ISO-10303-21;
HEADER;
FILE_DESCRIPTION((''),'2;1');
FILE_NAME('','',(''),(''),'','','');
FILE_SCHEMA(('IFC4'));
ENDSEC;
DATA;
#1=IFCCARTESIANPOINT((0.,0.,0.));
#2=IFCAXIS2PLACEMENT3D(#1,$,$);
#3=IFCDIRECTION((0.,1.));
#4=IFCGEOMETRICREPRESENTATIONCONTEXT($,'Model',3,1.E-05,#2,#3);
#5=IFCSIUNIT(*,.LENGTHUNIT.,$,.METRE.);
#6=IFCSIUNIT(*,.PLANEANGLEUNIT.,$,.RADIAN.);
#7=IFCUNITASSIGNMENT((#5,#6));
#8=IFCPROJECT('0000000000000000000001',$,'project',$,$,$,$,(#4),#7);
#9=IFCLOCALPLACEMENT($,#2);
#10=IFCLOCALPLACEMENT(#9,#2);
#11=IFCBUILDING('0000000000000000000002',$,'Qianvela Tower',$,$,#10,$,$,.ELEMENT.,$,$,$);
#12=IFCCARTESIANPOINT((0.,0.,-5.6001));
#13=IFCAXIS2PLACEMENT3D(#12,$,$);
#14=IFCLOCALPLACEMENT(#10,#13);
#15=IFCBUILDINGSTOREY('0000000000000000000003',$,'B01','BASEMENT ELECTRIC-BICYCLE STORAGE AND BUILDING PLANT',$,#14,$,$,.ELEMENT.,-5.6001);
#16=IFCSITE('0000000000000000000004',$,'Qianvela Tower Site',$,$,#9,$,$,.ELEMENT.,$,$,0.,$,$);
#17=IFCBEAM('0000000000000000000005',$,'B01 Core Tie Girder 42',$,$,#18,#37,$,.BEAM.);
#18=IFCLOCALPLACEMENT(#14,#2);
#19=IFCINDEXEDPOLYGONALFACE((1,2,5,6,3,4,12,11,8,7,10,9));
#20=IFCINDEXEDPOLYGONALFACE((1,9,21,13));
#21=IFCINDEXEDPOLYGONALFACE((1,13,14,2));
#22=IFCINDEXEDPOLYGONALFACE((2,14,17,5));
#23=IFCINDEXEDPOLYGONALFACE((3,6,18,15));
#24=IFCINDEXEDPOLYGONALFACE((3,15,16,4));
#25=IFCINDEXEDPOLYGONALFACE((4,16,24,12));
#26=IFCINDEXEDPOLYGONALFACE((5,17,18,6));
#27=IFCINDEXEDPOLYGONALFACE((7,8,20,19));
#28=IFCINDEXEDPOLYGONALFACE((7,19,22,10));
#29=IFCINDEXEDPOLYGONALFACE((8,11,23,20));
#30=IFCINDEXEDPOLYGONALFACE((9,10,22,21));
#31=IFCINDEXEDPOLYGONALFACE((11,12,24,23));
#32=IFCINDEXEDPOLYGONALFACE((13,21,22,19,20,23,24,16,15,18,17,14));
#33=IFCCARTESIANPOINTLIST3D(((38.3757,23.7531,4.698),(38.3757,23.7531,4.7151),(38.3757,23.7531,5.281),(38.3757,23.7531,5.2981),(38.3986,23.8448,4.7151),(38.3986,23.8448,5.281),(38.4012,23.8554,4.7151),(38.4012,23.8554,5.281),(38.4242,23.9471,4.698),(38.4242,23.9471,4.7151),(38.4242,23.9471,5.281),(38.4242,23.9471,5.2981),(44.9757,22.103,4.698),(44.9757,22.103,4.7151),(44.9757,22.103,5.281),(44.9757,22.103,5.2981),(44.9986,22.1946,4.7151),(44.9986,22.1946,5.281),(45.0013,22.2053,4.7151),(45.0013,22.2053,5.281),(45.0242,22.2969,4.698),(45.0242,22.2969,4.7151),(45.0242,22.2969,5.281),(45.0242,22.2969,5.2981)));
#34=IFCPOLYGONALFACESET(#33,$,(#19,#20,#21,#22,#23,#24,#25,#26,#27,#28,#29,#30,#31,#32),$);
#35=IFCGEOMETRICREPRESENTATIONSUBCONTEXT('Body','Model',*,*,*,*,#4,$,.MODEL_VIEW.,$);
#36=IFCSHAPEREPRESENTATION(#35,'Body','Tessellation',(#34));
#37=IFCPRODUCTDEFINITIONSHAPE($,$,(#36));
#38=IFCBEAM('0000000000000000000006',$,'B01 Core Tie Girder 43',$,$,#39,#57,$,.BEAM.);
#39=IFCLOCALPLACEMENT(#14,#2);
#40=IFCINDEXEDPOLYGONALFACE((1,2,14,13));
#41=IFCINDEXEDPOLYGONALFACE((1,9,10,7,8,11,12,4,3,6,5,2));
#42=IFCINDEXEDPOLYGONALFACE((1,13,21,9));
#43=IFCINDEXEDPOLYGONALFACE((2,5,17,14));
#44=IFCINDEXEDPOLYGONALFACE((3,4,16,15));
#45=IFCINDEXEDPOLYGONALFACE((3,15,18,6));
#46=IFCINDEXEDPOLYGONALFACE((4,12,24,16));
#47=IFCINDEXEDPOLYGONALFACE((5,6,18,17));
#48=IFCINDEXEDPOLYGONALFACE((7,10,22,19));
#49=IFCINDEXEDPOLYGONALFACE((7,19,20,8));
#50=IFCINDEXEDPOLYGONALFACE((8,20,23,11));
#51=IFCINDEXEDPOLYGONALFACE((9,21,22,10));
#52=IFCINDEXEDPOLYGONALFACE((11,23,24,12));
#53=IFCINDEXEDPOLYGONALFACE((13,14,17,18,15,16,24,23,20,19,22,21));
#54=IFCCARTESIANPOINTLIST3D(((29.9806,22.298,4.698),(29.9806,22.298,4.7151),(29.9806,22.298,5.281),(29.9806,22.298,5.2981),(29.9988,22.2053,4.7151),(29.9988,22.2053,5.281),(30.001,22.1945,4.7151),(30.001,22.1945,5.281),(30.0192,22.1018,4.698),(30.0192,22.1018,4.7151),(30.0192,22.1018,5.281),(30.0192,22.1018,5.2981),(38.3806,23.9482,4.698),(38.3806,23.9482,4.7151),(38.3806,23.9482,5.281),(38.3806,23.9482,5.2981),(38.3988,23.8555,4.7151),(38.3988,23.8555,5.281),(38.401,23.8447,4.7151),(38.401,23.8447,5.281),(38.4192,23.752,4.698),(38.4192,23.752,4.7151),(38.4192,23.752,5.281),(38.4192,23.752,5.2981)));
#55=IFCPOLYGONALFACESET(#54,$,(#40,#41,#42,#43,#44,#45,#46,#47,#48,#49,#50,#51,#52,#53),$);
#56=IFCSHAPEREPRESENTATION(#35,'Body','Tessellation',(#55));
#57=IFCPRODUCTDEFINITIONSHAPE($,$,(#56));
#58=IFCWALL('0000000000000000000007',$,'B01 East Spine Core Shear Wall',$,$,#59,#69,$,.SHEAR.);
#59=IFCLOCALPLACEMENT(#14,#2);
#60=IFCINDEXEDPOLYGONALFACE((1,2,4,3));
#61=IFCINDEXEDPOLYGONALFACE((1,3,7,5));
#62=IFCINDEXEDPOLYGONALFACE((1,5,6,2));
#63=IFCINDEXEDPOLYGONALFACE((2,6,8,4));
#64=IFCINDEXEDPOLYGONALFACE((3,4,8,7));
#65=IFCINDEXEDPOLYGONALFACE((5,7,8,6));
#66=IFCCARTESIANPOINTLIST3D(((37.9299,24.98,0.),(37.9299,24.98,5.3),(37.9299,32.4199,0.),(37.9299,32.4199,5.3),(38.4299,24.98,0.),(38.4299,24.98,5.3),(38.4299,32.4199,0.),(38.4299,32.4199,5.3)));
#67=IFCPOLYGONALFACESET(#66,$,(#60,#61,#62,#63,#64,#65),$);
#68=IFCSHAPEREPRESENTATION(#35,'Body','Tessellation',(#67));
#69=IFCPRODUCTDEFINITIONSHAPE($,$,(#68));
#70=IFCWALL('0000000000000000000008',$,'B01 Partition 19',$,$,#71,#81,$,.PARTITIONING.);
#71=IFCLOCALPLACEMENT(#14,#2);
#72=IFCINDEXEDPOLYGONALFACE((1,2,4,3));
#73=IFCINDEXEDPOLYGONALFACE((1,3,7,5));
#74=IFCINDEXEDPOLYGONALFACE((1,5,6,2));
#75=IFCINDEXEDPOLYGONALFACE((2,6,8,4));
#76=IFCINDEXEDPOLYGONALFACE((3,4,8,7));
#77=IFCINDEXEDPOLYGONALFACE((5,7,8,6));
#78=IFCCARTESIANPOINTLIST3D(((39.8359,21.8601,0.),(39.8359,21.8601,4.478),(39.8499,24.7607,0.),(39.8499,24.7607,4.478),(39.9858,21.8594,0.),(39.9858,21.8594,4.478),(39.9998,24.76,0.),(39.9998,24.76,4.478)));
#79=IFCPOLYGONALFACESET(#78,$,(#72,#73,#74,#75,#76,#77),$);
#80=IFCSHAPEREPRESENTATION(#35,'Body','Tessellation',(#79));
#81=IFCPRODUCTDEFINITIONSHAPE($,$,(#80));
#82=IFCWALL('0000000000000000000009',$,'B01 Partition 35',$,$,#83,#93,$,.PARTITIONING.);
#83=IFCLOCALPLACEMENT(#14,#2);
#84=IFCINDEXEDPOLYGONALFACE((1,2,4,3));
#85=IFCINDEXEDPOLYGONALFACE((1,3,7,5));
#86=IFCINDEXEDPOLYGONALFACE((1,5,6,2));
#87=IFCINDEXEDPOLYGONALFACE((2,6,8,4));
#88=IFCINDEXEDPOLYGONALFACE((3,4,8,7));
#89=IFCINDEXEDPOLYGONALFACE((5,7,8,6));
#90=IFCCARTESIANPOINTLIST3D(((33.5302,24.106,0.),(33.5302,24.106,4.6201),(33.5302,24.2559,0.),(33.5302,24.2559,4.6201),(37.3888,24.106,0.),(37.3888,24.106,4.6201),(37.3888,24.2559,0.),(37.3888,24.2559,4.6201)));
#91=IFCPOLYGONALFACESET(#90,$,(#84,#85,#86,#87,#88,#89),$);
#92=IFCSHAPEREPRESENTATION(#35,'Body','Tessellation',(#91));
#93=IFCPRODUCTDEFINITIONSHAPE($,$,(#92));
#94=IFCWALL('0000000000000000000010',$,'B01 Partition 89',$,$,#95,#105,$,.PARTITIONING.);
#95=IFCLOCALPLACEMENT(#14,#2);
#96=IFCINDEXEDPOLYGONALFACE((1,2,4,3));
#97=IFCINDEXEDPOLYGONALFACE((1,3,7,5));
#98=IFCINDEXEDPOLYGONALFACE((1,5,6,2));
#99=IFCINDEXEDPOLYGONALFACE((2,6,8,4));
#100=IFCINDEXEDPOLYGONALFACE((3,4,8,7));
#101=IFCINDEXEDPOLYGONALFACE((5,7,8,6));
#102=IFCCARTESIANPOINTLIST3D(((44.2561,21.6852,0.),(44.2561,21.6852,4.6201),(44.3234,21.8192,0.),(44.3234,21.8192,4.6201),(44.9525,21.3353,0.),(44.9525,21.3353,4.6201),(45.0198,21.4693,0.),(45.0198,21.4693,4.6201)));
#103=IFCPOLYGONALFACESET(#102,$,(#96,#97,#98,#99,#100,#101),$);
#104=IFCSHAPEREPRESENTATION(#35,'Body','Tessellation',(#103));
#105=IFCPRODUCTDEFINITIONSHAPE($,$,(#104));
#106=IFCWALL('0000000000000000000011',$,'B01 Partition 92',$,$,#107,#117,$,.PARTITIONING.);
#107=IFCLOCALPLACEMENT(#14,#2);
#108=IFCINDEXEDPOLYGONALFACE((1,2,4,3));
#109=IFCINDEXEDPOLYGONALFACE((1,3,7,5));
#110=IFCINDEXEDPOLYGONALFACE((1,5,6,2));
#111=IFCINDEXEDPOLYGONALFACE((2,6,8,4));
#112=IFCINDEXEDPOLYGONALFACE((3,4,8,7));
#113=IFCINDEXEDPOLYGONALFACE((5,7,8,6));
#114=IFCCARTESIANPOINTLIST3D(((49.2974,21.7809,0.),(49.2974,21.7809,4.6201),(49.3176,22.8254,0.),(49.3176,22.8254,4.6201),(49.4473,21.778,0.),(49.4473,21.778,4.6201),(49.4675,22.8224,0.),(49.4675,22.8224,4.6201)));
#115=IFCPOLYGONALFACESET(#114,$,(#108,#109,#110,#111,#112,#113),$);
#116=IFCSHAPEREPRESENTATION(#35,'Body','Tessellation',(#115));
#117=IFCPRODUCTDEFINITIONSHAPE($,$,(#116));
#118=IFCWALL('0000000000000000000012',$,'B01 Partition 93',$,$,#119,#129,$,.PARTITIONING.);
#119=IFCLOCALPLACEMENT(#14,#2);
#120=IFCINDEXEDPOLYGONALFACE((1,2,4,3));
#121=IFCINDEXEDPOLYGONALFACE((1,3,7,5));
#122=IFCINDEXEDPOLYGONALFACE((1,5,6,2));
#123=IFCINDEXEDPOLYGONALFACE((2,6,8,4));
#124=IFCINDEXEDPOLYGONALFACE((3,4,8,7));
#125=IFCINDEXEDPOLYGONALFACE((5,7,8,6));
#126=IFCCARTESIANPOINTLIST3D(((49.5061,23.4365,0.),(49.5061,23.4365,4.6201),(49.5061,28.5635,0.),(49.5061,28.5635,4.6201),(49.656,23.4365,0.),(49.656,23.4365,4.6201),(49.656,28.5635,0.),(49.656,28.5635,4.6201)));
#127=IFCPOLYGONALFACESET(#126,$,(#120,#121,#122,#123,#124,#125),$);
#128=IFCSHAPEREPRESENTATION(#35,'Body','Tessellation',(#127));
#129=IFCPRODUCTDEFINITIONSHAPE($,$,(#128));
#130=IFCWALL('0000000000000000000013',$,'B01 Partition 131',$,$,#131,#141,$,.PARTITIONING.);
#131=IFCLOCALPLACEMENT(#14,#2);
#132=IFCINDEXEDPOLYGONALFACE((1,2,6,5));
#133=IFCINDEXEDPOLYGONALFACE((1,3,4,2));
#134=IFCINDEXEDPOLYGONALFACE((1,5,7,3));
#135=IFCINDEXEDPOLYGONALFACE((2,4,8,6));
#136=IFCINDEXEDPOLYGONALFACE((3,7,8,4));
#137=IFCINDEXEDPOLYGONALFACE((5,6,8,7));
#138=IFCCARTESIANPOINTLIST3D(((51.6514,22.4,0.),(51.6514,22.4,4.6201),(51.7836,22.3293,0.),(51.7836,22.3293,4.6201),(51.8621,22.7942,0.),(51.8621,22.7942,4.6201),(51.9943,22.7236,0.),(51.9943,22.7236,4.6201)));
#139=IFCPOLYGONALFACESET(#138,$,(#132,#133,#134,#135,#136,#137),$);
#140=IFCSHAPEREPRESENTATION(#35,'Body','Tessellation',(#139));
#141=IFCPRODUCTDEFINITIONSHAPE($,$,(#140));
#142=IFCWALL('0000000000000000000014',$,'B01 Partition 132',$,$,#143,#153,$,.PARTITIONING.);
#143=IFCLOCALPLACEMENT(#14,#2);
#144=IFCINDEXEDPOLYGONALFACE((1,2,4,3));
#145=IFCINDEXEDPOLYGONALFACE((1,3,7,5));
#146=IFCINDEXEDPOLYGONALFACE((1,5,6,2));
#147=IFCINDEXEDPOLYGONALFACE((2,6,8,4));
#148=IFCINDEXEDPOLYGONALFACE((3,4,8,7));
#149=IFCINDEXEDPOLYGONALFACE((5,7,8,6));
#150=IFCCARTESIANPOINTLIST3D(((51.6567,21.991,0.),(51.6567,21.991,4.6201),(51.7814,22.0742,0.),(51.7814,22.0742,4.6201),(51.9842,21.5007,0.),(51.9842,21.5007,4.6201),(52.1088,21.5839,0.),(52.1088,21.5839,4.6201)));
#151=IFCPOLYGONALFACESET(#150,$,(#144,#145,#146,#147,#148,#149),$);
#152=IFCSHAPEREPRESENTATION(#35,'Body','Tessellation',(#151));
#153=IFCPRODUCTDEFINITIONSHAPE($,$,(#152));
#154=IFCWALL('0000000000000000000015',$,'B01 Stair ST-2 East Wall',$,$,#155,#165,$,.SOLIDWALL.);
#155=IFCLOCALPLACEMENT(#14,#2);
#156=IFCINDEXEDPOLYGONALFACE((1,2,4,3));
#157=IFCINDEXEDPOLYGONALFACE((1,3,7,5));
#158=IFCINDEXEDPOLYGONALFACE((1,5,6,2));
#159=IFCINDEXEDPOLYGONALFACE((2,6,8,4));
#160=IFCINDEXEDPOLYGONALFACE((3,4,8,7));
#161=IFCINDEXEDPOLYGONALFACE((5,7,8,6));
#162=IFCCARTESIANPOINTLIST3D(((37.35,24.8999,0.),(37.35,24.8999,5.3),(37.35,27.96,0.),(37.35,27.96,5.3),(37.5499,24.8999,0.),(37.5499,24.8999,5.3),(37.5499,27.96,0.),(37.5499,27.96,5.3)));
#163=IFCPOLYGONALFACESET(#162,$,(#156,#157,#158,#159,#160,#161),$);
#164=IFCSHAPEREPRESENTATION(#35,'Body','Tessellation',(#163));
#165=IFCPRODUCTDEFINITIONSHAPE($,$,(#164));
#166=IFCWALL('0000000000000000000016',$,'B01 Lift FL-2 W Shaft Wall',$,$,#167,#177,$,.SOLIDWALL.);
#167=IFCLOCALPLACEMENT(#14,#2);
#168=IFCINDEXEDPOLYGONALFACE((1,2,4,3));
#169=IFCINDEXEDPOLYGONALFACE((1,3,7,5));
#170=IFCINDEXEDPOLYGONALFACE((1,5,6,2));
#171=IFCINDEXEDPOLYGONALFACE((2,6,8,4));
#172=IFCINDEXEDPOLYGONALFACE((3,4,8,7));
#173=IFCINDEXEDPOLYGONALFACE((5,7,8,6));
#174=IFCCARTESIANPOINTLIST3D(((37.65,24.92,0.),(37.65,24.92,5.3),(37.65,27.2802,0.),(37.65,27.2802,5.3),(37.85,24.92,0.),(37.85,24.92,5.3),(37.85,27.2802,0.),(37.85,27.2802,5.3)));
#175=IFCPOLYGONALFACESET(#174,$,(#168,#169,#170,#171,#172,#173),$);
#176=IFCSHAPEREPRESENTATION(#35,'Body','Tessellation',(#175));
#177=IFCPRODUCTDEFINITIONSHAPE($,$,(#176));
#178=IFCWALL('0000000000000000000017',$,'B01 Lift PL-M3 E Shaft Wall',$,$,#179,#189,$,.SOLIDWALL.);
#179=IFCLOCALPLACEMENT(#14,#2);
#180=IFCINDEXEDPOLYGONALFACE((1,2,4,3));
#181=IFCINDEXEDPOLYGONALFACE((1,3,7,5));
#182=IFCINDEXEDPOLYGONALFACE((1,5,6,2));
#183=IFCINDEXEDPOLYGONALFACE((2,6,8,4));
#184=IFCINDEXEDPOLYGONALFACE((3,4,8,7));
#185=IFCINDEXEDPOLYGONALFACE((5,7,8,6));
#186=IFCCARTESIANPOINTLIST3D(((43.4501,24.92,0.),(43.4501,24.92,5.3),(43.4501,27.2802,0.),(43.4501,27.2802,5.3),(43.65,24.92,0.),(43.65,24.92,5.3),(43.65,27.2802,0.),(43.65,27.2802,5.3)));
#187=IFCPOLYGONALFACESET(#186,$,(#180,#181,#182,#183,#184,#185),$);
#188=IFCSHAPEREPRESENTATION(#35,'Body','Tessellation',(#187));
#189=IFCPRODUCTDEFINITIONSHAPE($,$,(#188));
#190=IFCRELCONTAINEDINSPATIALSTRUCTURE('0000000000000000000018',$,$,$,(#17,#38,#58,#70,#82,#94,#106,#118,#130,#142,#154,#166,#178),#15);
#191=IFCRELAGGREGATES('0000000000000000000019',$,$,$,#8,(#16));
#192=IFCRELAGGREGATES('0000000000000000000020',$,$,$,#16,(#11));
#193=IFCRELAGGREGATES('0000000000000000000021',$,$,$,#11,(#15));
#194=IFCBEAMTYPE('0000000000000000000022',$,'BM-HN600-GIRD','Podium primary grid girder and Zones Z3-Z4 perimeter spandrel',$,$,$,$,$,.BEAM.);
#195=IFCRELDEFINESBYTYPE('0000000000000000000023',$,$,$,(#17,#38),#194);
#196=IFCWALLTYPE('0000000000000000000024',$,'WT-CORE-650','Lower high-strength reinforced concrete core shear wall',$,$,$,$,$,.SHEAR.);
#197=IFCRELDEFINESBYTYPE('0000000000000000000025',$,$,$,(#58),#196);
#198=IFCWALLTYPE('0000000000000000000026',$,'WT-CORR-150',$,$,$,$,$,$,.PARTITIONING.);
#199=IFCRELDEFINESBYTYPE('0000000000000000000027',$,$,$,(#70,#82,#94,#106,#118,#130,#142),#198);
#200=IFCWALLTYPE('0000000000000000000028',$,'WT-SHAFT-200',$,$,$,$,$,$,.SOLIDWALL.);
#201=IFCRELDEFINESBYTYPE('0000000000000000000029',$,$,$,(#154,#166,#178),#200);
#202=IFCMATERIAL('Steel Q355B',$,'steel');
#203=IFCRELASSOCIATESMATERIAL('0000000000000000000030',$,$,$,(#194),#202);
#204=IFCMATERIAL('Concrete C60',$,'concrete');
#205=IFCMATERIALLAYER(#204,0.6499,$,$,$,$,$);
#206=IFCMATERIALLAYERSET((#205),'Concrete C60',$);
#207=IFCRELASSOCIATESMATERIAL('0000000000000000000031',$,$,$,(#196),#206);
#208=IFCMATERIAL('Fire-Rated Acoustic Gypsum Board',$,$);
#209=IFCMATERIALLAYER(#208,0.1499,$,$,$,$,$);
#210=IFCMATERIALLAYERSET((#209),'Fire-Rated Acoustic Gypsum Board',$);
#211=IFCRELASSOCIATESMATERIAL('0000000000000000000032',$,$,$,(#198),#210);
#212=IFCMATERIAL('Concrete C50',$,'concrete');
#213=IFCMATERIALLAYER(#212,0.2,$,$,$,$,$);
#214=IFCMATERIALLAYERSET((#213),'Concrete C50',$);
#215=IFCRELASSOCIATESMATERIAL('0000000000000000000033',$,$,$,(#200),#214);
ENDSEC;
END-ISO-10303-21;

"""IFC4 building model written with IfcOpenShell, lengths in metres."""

from ifc_helpers import new_model, si_unit, direction, frame, frame_2d, origin, origin_2d, place, context, subcontext, project, spatial, rectangle, i_section, extrude, material, layer, layer_set, material_profile, profile_set, type_object, element, save


model = new_model("IFC4")

# Units and contexts
model_context = context("Model", 3, precision=1e-05, world=origin(), true_north=direction((0.0, 1.0)))
body_context = subcontext(model_context, "Body", "Model", "MODEL_VIEW")
ifc_project = project(units=[si_unit("LENGTHUNIT", "METRE"), si_unit("PLANEANGLEUNIT", "RADIAN")], contexts=[model_context])

# Site, building, storey
site_placement = place(None, origin())
site = spatial("IfcSite", under=ifc_project, at=site_placement, Name="Qianvela Tower Site", CompositionType="ELEMENT", RefElevation=0.0)
building_placement = place(site_placement, origin())
building = spatial("IfcBuilding", under=site, at=building_placement, Name="Qianvela Tower", CompositionType="ELEMENT")
storey_placement = place(building_placement, frame((0.0, 0.0, -5.6001)))
storey = spatial("IfcBuildingStorey", under=building, at=storey_placement, Name="B01", Description="BASEMENT ELECTRIC-BICYCLE STORAGE AND BUILDING PLANT", CompositionType="ELEMENT", Elevation=-5.6001)

# Beams
ifc_material_1 = material(Name="Steel Q355B", Category="steel")
ifc_material_profile_1 = material_profile(ifc_material_1, i_section(OverallWidth=0.2, OverallDepth=0.6001, WebThickness=0.011, FlangeThickness=0.0171, at=origin_2d()), Name="HN600x200x11x17")
ifc_profile_set_1 = profile_set([ifc_material_profile_1], Name="Steel Q355B")
beam_type_1 = type_object("IfcBeamType", Name="BM-HN600-GIRD", Description="Podium primary grid girder and Zones Z3-Z4 perimeter spandrel", PredefinedType="BEAM", material=ifc_profile_set_1)
beam_1_placement = place(storey_placement, frame((38.3999, 23.8501, 4.998), z_axis=(0.970138, -0.242553, 0.0), x_axis=(0.242553, 0.970138, 0.0)))
element("IfcBeam", 1, at=beam_1_placement, inside=storey, type_object=beam_type_1, Name="B01 Core Tie Girder 42", PredefinedType="BEAM", context=body_context, shape_type="SweptSolid", body=[
    extrude(i_section(OverallWidth=0.2, OverallDepth=0.6001, WebThickness=0.011, FlangeThickness=0.0171, at=origin_2d()), origin(), (0.0, 0.0, 1.0), 6.8032),
])
beam_2_placement = place(storey_placement, frame((38.3999, 23.8501, 4.998), z_axis=(-0.981245, -0.192764, 0.0), x_axis=(0.192764, -0.981245, 0.0)))
element("IfcBeam", 2, at=beam_2_placement, inside=storey, type_object=beam_type_1, Name="B01 Core Tie Girder 43", PredefinedType="BEAM", context=body_context, shape_type="SweptSolid", body=[
    extrude(i_section(OverallWidth=0.2, OverallDepth=0.6001, WebThickness=0.011, FlangeThickness=0.0171, at=origin_2d()), origin(), (0.0, 0.0, 1.0), 8.5605),
])

# Wall
ifc_material_2 = material(Name="Concrete C60", Category="concrete")
ifc_layer_1 = layer(ifc_material_2, 0.6499)
ifc_layer_set_1 = layer_set([ifc_layer_1], Name="Concrete C60")
wall_type_1 = type_object("IfcWallType", Name="WT-CORE-650", Description="Lower high-strength reinforced concrete core shear wall", PredefinedType="SHEAR", material=ifc_layer_set_1)
wall_1_placement = place(storey_placement, frame((38.1799, 24.98, 0.0), z_axis=(0.0, 0.0, 1.0), x_axis=(0.0, 1.0, 0.0)))
element("IfcWall", 3, at=wall_1_placement, inside=storey, type_object=wall_type_1, Name="B01 East Spine Core Shear Wall", PredefinedType="SHEAR", context=body_context, shape_type="SweptSolid", body=[
    extrude(rectangle(XDim=7.4399, YDim=0.5, at=frame_2d((3.72, 0.0))), origin(), (0.0, 0.0, 1.0), 5.3),
])

# Shared definitions
ifc_material_3 = material(Name="Fire-Rated Acoustic Gypsum Board")
ifc_layer_2 = layer(ifc_material_3, 0.1499)
ifc_layer_set_2 = layer_set([ifc_layer_2], Name="Fire-Rated Acoustic Gypsum Board")
wall_type_2 = type_object("IfcWallType", Name="WT-CORR-150", PredefinedType="PARTITIONING", material=ifc_layer_set_2)

# Walls
wall_2_placement = place(storey_placement, frame((39.9109, 21.8599, 0.0), z_axis=(0.0, 0.0, 1.0), x_axis=(0.004798, 0.999988, 0.0)))
element("IfcWall", 4, at=wall_2_placement, inside=storey, type_object=wall_type_2, Name="B01 Partition 19", PredefinedType="PARTITIONING", context=body_context, shape_type="SweptSolid", body=[
    extrude(rectangle(XDim=2.9006, YDim=0.1499, at=frame_2d((1.4502, 0.0))), origin(), (0.0, 0.0, 1.0), 4.478),
])
wall_3_placement = place(storey_placement, frame((37.3887, 24.1809, 0.0), z_axis=(0.0, 0.0, 1.0), x_axis=(-1.0, 0.0, 0.0)))
element("IfcWall", 5, at=wall_3_placement, inside=storey, type_object=wall_type_2, Name="B01 Partition 35", PredefinedType="PARTITIONING", context=body_context, shape_type="SweptSolid", body=[
    extrude(rectangle(XDim=3.8586, YDim=0.1499, at=frame_2d((1.9292, 0.0))), origin(), (0.0, 0.0, 1.0), 4.6201),
])
wall_4_placement = place(storey_placement, frame((44.2898, 21.7522, 0.0), z_axis=(0.0, 0.0, 1.0), x_axis=(0.893548, -0.448967, 0.0)))
element("IfcWall", 6, at=wall_4_placement, inside=storey, type_object=wall_type_2, Name="B01 Partition 89", PredefinedType="PARTITIONING", context=body_context, shape_type="SweptSolid", body=[
    extrude(rectangle(XDim=0.7793, YDim=0.1499, at=frame_2d((0.3896, 0.0))), origin(), (0.0, 0.0, 1.0), 4.6201),
])
wall_5_placement = place(storey_placement, frame((49.3723, 21.7793, 0.0), z_axis=(0.0, 0.0, 1.0), x_axis=(0.019398, 0.999812, 0.0)))
element("IfcWall", 7, at=wall_5_placement, inside=storey, type_object=wall_type_2, Name="B01 Partition 92", PredefinedType="PARTITIONING", context=body_context, shape_type="SweptSolid", body=[
    extrude(rectangle(XDim=1.0447, YDim=0.1499, at=frame_2d((0.5225, 0.0))), origin(), (0.0, 0.0, 1.0), 4.6201),
])
wall_6_placement = place(storey_placement, frame((49.5811, 23.4365, 0.0), z_axis=(0.0, 0.0, 1.0), x_axis=(0.0, 1.0, 0.0)))
element("IfcWall", 8, at=wall_6_placement, inside=storey, type_object=wall_type_2, Name="B01 Partition 93", PredefinedType="PARTITIONING", context=body_context, shape_type="SweptSolid", body=[
    extrude(rectangle(XDim=5.127, YDim=0.1499, at=frame_2d((2.5635, 0.0))), origin(), (0.0, 0.0, 1.0), 4.6201),
])
wall_7_placement = place(storey_placement, frame((51.9282, 22.759, 0.0), z_axis=(0.0, 0.0, 1.0), x_axis=(-0.471297, -0.881975, 0.0)))
element("IfcWall", 9, at=wall_7_placement, inside=storey, type_object=wall_type_2, Name="B01 Partition 131", PredefinedType="PARTITIONING", context=body_context, shape_type="SweptSolid", body=[
    extrude(rectangle(XDim=0.447, YDim=0.1499, at=frame_2d((0.2236, 0.0))), origin(), (0.0, 0.0, 1.0), 4.6201),
])
wall_8_placement = place(storey_placement, frame((51.719, 22.0327, 0.0), z_axis=(0.0, 0.0, 1.0), x_axis=(0.555369, -0.831604, 0.0)))
element("IfcWall", 10, at=wall_8_placement, inside=storey, type_object=wall_type_2, Name="B01 Partition 132", PredefinedType="PARTITIONING", context=body_context, shape_type="SweptSolid", body=[
    extrude(rectangle(XDim=0.5896, YDim=0.1499, at=frame_2d((0.2949, 0.0))), origin(), (0.0, 0.0, 1.0), 4.6201),
])
ifc_material_4 = material(Name="Concrete C50", Category="concrete")
ifc_layer_3 = layer(ifc_material_4, 0.2)
ifc_layer_set_3 = layer_set([ifc_layer_3], Name="Concrete C50")
wall_type_3 = type_object("IfcWallType", Name="WT-SHAFT-200", PredefinedType="SOLIDWALL", material=ifc_layer_set_3)
wall_9_placement = place(storey_placement, frame((37.45, 24.8999, 0.0), z_axis=(0.0, 0.0, 1.0), x_axis=(0.0, 1.0, 0.0)))
element("IfcWall", 11, at=wall_9_placement, inside=storey, type_object=wall_type_3, Name="B01 Stair ST-2 East Wall", PredefinedType="SOLIDWALL", context=body_context, shape_type="SweptSolid", body=[
    extrude(rectangle(XDim=3.0601, YDim=0.2, at=frame_2d((1.53, 0.0))), origin(), (0.0, 0.0, 1.0), 5.3),
])

# Walls
for number, where, z_axis, x_axis, name in (
    (12, (37.75, 24.9199, 0.0), (0.0, 0.0, 1.0), (0.0, 1.0, 0.0), "B01 Lift FL-2 W Shaft Wall"),
    (13, (43.55, 24.9199, 0.0), (0.0, 0.0, 1.0), (0.0, 1.0, 0.0), "B01 Lift PL-M3 E Shaft Wall"),
):
    element("IfcWall", number, at=place(storey_placement, frame(where, z_axis=z_axis, x_axis=x_axis)), inside=storey, type_object=wall_type_3, Name=name, PredefinedType="SOLIDWALL", context=body_context, shape_type="SweptSolid", body=[
        extrude(rectangle(XDim=2.3601, YDim=0.2, at=frame_2d((1.1802, 0.0))), origin(), (0.0, 0.0, 1.0), 5.3),
    ])

save(model, "model.ifc")
